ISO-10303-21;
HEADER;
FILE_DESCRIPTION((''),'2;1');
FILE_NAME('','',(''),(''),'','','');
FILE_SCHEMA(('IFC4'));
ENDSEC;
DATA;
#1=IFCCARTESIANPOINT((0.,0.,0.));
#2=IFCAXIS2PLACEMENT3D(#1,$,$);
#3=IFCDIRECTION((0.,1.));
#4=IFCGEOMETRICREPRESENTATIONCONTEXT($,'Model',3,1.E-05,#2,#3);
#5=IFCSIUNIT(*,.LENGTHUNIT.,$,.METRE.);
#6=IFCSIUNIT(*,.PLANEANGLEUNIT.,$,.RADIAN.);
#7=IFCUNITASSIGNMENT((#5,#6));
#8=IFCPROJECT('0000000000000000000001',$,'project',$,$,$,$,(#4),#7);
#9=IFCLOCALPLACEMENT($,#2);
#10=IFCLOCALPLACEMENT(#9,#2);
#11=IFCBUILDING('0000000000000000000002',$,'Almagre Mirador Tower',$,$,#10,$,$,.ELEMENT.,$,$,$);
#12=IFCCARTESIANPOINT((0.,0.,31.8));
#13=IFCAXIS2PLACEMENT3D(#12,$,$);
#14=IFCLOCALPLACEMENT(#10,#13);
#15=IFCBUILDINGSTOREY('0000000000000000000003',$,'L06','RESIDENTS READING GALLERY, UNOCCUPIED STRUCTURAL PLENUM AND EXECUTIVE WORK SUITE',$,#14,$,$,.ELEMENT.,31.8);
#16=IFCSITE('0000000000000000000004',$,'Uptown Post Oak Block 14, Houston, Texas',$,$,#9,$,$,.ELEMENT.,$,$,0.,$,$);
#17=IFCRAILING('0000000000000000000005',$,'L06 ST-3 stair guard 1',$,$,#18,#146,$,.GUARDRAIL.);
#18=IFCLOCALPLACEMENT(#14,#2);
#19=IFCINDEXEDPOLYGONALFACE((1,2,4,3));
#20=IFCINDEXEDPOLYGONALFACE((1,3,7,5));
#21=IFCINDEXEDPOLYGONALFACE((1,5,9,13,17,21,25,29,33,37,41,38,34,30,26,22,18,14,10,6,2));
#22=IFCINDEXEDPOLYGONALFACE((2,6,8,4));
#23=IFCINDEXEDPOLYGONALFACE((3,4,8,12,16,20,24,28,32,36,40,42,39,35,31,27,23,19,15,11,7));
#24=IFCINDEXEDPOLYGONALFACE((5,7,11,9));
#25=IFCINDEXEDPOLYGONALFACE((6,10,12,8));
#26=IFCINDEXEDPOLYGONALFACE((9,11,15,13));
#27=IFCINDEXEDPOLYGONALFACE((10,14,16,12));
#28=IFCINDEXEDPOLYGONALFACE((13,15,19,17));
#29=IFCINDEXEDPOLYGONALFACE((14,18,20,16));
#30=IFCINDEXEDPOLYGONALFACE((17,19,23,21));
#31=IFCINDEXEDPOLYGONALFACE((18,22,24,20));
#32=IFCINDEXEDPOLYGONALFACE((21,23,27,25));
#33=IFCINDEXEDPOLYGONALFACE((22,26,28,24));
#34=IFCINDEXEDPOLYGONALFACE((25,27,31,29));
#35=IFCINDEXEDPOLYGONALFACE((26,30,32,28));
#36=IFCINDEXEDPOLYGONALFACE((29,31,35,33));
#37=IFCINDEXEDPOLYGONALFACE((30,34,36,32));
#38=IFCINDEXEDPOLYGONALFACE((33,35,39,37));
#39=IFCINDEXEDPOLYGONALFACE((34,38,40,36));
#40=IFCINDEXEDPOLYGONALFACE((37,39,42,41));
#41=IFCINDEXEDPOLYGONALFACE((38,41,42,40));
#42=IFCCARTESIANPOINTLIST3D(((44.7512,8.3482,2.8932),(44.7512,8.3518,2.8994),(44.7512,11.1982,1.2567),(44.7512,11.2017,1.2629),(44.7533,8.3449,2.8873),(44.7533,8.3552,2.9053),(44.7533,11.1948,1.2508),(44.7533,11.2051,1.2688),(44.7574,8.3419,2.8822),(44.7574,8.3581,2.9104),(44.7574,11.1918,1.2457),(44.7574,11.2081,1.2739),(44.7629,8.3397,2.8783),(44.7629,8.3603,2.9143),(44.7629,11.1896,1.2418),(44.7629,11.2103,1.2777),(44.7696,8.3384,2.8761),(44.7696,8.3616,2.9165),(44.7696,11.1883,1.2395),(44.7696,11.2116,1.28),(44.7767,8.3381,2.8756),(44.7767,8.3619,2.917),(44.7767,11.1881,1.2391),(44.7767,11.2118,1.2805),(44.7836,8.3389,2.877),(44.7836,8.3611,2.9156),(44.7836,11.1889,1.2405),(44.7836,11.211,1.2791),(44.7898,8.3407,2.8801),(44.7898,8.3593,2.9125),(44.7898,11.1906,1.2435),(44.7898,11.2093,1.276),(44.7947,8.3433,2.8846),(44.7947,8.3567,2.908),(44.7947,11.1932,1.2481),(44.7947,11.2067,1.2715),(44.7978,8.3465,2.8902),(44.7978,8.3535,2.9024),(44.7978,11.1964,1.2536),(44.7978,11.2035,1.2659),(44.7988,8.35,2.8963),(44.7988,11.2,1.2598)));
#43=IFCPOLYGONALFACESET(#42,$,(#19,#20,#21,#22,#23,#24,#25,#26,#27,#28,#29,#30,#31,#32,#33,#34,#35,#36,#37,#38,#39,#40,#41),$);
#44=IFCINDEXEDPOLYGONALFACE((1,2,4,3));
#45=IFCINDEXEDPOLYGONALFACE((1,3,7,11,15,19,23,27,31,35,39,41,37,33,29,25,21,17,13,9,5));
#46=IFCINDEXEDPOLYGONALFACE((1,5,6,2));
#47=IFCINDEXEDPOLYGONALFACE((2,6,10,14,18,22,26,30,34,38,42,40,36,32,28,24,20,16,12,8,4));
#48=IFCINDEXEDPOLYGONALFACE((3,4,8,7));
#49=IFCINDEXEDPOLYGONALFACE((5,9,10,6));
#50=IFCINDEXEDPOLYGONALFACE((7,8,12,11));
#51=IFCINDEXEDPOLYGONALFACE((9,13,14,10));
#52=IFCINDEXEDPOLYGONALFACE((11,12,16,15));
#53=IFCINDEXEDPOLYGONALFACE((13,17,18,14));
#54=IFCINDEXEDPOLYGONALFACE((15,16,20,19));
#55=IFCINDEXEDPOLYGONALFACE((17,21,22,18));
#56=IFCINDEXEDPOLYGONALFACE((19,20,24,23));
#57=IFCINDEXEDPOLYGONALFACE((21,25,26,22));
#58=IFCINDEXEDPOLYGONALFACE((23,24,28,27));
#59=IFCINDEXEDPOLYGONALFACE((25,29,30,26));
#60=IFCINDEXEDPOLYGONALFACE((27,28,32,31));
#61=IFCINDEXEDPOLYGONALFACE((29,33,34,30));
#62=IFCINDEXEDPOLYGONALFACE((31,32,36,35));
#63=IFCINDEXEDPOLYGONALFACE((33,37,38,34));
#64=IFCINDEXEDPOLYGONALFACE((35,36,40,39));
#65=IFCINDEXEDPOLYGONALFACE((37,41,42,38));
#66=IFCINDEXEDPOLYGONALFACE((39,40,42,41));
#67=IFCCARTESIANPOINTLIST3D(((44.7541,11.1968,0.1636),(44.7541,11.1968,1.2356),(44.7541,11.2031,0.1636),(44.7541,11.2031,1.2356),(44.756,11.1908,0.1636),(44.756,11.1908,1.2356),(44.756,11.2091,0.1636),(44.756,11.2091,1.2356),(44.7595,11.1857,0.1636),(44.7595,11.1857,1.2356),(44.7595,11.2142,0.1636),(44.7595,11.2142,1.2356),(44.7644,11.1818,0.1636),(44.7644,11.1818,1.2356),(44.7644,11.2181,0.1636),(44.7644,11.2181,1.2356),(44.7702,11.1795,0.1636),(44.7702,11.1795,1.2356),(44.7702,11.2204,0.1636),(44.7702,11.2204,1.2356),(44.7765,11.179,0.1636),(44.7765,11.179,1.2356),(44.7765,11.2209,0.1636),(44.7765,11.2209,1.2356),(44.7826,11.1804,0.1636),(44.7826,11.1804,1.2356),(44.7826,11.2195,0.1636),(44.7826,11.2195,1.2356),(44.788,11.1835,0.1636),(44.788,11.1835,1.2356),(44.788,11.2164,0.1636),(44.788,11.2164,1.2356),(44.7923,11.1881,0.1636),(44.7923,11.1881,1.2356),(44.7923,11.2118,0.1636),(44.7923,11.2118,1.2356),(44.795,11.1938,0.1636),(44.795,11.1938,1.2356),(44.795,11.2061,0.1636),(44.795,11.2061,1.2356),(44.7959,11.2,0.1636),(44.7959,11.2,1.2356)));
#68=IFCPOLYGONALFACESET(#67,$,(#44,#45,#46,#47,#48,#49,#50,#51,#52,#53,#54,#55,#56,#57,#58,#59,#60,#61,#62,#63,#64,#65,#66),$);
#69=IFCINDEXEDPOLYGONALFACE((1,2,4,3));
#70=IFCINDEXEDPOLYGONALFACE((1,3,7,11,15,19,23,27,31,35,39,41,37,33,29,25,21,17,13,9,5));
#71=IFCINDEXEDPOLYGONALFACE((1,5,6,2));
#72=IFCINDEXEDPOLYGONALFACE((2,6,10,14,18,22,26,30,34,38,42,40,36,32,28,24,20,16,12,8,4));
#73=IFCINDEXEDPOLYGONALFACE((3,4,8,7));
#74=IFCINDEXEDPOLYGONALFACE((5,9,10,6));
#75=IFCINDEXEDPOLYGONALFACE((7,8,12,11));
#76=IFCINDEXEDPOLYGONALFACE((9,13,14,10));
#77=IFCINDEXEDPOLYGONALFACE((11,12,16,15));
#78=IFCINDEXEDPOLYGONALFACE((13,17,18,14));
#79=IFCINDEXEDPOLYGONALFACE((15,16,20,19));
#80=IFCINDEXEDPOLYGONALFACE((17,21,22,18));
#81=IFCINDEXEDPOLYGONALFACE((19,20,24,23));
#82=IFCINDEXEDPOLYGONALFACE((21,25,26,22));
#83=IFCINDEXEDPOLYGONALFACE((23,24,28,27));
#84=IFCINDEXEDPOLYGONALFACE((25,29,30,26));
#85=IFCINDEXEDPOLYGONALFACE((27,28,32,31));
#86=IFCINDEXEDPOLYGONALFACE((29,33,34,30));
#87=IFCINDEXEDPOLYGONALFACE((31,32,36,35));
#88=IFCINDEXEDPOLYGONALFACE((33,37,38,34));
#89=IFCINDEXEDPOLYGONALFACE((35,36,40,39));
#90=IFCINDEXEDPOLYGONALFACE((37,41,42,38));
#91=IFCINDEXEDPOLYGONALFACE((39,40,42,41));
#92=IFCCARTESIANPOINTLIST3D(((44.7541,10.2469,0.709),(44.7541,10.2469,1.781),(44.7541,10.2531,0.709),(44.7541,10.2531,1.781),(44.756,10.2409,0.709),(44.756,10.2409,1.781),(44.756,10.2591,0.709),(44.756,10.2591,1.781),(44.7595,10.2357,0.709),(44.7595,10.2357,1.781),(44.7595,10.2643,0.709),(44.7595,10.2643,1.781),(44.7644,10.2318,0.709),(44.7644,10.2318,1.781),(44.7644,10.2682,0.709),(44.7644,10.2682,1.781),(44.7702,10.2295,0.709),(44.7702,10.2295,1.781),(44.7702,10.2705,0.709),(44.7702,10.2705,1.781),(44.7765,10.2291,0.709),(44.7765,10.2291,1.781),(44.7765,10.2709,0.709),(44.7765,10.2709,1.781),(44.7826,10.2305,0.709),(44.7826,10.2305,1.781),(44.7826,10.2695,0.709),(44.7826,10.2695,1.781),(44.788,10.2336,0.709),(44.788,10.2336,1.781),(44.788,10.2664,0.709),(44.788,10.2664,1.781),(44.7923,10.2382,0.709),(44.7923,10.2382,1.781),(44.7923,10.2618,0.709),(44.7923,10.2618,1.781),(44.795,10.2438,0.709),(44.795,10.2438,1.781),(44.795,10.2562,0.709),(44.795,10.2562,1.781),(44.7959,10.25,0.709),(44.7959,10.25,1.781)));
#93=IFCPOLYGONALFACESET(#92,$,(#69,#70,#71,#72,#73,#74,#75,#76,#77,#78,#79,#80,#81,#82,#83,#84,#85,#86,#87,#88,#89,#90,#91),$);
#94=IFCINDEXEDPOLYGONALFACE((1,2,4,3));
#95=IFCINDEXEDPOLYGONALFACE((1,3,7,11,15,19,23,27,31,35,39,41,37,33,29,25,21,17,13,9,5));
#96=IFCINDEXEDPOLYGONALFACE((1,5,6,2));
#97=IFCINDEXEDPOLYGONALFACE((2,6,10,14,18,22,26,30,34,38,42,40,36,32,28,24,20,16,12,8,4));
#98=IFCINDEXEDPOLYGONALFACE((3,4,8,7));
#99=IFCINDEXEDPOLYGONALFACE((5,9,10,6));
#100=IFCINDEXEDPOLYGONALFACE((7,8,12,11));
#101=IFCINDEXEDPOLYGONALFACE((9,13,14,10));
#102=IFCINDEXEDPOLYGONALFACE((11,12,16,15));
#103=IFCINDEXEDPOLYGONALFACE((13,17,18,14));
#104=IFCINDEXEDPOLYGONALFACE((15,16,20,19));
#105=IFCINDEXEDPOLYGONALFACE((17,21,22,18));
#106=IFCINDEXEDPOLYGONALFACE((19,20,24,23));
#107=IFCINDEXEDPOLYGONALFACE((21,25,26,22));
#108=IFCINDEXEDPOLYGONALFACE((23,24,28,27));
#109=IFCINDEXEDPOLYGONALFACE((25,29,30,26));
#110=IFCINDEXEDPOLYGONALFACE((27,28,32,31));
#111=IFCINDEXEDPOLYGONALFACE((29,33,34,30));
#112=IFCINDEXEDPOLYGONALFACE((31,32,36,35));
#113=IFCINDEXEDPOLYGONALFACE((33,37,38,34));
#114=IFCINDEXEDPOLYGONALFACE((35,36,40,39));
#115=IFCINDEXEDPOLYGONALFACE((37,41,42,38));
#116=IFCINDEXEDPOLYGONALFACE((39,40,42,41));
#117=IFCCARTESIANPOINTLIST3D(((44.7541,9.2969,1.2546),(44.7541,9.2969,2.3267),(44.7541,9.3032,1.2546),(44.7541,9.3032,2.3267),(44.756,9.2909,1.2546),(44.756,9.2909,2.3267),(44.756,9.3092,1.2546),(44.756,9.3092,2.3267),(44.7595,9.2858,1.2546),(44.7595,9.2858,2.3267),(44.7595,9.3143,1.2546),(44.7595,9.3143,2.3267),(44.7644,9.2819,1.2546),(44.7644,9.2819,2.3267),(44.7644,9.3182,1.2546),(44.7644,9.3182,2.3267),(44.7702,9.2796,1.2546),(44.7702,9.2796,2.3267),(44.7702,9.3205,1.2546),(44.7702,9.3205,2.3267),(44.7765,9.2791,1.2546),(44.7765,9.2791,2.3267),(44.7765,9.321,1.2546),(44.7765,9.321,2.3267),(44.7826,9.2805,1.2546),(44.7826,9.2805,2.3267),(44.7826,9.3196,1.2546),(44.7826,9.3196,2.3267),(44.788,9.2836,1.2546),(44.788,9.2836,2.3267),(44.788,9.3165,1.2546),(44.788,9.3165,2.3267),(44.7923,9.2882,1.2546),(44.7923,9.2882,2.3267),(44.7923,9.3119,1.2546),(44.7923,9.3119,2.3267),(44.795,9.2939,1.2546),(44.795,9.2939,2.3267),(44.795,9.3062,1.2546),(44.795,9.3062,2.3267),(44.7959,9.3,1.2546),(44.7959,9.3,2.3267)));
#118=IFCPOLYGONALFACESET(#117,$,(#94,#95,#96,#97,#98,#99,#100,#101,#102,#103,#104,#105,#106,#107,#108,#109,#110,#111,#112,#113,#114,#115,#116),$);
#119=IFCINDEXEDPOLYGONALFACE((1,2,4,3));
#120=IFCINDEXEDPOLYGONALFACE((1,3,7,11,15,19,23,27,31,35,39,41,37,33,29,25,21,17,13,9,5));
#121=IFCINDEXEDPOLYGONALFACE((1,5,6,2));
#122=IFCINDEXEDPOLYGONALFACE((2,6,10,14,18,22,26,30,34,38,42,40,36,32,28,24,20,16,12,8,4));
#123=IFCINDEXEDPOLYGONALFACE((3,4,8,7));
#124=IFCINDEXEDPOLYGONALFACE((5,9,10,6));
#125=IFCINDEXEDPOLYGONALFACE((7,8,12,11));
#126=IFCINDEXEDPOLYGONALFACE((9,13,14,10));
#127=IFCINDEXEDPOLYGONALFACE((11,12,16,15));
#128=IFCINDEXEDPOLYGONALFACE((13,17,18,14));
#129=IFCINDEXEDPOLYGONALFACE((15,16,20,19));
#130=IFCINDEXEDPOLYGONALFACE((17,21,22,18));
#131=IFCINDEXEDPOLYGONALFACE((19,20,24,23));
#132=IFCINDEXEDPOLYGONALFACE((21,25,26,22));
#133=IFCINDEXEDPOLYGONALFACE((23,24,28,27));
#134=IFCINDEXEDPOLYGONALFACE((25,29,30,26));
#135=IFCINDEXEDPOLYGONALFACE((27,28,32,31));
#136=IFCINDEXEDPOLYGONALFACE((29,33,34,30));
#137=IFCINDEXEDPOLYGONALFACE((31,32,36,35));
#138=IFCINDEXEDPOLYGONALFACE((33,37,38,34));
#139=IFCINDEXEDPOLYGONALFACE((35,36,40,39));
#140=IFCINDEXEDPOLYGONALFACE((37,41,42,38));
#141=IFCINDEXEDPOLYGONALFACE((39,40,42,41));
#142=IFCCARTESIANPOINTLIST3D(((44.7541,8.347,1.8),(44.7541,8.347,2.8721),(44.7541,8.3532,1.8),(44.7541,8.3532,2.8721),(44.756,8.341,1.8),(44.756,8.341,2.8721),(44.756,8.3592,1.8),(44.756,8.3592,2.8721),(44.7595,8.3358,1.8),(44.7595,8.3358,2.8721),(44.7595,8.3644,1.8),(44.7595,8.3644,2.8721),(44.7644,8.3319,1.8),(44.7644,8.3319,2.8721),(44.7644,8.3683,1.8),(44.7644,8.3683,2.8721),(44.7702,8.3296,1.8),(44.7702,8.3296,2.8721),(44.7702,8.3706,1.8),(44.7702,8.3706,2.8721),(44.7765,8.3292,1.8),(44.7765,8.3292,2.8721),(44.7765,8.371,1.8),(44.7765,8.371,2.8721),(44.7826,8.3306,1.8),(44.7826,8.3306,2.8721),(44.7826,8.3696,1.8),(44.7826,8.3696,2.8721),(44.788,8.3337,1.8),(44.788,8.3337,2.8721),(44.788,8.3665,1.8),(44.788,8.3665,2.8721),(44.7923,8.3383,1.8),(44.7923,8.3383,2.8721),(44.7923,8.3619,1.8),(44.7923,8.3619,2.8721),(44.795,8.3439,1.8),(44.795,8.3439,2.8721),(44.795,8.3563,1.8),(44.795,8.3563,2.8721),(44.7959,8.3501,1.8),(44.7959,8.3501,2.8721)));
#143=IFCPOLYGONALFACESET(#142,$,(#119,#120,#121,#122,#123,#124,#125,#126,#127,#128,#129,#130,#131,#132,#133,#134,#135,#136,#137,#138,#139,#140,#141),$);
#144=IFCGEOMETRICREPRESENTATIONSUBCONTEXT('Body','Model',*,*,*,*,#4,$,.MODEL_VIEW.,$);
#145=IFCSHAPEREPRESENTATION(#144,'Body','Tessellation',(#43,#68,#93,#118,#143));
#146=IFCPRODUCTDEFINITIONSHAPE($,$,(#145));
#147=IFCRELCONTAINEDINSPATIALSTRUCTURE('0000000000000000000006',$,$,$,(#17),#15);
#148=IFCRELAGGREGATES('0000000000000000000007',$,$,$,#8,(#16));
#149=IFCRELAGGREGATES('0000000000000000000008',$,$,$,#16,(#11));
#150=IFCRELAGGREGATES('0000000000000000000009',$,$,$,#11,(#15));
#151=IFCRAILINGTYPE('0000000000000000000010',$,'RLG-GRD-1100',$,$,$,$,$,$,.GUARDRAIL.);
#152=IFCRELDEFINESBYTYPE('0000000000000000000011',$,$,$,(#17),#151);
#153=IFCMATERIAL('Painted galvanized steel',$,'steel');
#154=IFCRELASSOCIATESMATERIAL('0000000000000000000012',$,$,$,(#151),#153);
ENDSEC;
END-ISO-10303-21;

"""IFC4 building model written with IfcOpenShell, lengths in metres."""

from ifc_helpers import new_model, si_unit, direction, frame, origin, origin_2d, place, context, subcontext, project, spatial, circle, extrude, material, type_object, element, save


model = new_model("IFC4")

# Units and contexts
model_context = context("Model", 3, precision=1e-05, world=origin(), true_north=direction((0.0, 1.0)))
body_context = subcontext(model_context, "Body", "Model", "MODEL_VIEW")
ifc_project = project(units=[si_unit("LENGTHUNIT", "METRE"), si_unit("PLANEANGLEUNIT", "RADIAN")], contexts=[model_context])

# Site, building, storey
site_placement = place(None, origin())
site = spatial("IfcSite", under=ifc_project, at=site_placement, Name="Uptown Post Oak Block 14, Houston, Texas", CompositionType="ELEMENT", RefElevation=0.0)
building_placement = place(site_placement, origin())
building = spatial("IfcBuilding", under=site, at=building_placement, Name="Almagre Mirador Tower", CompositionType="ELEMENT")
storey_placement = place(building_placement, frame((0.0, 0.0, 31.8)))
storey = spatial("IfcBuildingStorey", under=building, at=storey_placement, Name="L06", Description="RESIDENTS READING GALLERY, UNOCCUPIED STRUCTURAL PLENUM AND EXECUTIVE WORK SUITE", CompositionType="ELEMENT", Elevation=31.8)

# Railing
ifc_material_1 = material(Name="Painted galvanized steel", Category="steel")
railing_type_1 = type_object("IfcRailingType", Name="RLG-GRD-1100", PredefinedType="GUARDRAIL", material=ifc_material_1)
railing_1_placement = place(storey_placement, frame((44.7749, 11.2, 0.1636)))
element("IfcRailing", 1, at=railing_1_placement, inside=storey, type_object=railing_type_1, Name="L06 ST-3 stair guard 1", PredefinedType="GUARDRAIL", context=body_context, shape_type="SweptSolid", body=[
    extrude(circle(Radius=0.0239, at=origin_2d()), frame((0.0, 0.0, 1.0962), z_axis=(0.0, -0.867194, 0.49797), x_axis=(1.0, 0.0, 0.0)), (0.0, 0.0, 1.0), 3.2864),
    extrude(circle(Radius=0.021, at=origin_2d()), origin(), (0.0, 0.0, 1.0), 1.072),
    extrude(circle(Radius=0.021, at=origin_2d()), frame((0.0, -0.95, 0.5454)), (0.0, 0.0, 1.0), 1.072),
    extrude(circle(Radius=0.021, at=origin_2d()), frame((0.0, -1.8999, 1.0911)), (0.0, 0.0, 1.0), 1.072),
    extrude(circle(Radius=0.021, at=origin_2d()), frame((0.0, -2.8499, 1.6365)), (0.0, 0.0, 1.0), 1.072),
])

save(model, "model.ifc")
